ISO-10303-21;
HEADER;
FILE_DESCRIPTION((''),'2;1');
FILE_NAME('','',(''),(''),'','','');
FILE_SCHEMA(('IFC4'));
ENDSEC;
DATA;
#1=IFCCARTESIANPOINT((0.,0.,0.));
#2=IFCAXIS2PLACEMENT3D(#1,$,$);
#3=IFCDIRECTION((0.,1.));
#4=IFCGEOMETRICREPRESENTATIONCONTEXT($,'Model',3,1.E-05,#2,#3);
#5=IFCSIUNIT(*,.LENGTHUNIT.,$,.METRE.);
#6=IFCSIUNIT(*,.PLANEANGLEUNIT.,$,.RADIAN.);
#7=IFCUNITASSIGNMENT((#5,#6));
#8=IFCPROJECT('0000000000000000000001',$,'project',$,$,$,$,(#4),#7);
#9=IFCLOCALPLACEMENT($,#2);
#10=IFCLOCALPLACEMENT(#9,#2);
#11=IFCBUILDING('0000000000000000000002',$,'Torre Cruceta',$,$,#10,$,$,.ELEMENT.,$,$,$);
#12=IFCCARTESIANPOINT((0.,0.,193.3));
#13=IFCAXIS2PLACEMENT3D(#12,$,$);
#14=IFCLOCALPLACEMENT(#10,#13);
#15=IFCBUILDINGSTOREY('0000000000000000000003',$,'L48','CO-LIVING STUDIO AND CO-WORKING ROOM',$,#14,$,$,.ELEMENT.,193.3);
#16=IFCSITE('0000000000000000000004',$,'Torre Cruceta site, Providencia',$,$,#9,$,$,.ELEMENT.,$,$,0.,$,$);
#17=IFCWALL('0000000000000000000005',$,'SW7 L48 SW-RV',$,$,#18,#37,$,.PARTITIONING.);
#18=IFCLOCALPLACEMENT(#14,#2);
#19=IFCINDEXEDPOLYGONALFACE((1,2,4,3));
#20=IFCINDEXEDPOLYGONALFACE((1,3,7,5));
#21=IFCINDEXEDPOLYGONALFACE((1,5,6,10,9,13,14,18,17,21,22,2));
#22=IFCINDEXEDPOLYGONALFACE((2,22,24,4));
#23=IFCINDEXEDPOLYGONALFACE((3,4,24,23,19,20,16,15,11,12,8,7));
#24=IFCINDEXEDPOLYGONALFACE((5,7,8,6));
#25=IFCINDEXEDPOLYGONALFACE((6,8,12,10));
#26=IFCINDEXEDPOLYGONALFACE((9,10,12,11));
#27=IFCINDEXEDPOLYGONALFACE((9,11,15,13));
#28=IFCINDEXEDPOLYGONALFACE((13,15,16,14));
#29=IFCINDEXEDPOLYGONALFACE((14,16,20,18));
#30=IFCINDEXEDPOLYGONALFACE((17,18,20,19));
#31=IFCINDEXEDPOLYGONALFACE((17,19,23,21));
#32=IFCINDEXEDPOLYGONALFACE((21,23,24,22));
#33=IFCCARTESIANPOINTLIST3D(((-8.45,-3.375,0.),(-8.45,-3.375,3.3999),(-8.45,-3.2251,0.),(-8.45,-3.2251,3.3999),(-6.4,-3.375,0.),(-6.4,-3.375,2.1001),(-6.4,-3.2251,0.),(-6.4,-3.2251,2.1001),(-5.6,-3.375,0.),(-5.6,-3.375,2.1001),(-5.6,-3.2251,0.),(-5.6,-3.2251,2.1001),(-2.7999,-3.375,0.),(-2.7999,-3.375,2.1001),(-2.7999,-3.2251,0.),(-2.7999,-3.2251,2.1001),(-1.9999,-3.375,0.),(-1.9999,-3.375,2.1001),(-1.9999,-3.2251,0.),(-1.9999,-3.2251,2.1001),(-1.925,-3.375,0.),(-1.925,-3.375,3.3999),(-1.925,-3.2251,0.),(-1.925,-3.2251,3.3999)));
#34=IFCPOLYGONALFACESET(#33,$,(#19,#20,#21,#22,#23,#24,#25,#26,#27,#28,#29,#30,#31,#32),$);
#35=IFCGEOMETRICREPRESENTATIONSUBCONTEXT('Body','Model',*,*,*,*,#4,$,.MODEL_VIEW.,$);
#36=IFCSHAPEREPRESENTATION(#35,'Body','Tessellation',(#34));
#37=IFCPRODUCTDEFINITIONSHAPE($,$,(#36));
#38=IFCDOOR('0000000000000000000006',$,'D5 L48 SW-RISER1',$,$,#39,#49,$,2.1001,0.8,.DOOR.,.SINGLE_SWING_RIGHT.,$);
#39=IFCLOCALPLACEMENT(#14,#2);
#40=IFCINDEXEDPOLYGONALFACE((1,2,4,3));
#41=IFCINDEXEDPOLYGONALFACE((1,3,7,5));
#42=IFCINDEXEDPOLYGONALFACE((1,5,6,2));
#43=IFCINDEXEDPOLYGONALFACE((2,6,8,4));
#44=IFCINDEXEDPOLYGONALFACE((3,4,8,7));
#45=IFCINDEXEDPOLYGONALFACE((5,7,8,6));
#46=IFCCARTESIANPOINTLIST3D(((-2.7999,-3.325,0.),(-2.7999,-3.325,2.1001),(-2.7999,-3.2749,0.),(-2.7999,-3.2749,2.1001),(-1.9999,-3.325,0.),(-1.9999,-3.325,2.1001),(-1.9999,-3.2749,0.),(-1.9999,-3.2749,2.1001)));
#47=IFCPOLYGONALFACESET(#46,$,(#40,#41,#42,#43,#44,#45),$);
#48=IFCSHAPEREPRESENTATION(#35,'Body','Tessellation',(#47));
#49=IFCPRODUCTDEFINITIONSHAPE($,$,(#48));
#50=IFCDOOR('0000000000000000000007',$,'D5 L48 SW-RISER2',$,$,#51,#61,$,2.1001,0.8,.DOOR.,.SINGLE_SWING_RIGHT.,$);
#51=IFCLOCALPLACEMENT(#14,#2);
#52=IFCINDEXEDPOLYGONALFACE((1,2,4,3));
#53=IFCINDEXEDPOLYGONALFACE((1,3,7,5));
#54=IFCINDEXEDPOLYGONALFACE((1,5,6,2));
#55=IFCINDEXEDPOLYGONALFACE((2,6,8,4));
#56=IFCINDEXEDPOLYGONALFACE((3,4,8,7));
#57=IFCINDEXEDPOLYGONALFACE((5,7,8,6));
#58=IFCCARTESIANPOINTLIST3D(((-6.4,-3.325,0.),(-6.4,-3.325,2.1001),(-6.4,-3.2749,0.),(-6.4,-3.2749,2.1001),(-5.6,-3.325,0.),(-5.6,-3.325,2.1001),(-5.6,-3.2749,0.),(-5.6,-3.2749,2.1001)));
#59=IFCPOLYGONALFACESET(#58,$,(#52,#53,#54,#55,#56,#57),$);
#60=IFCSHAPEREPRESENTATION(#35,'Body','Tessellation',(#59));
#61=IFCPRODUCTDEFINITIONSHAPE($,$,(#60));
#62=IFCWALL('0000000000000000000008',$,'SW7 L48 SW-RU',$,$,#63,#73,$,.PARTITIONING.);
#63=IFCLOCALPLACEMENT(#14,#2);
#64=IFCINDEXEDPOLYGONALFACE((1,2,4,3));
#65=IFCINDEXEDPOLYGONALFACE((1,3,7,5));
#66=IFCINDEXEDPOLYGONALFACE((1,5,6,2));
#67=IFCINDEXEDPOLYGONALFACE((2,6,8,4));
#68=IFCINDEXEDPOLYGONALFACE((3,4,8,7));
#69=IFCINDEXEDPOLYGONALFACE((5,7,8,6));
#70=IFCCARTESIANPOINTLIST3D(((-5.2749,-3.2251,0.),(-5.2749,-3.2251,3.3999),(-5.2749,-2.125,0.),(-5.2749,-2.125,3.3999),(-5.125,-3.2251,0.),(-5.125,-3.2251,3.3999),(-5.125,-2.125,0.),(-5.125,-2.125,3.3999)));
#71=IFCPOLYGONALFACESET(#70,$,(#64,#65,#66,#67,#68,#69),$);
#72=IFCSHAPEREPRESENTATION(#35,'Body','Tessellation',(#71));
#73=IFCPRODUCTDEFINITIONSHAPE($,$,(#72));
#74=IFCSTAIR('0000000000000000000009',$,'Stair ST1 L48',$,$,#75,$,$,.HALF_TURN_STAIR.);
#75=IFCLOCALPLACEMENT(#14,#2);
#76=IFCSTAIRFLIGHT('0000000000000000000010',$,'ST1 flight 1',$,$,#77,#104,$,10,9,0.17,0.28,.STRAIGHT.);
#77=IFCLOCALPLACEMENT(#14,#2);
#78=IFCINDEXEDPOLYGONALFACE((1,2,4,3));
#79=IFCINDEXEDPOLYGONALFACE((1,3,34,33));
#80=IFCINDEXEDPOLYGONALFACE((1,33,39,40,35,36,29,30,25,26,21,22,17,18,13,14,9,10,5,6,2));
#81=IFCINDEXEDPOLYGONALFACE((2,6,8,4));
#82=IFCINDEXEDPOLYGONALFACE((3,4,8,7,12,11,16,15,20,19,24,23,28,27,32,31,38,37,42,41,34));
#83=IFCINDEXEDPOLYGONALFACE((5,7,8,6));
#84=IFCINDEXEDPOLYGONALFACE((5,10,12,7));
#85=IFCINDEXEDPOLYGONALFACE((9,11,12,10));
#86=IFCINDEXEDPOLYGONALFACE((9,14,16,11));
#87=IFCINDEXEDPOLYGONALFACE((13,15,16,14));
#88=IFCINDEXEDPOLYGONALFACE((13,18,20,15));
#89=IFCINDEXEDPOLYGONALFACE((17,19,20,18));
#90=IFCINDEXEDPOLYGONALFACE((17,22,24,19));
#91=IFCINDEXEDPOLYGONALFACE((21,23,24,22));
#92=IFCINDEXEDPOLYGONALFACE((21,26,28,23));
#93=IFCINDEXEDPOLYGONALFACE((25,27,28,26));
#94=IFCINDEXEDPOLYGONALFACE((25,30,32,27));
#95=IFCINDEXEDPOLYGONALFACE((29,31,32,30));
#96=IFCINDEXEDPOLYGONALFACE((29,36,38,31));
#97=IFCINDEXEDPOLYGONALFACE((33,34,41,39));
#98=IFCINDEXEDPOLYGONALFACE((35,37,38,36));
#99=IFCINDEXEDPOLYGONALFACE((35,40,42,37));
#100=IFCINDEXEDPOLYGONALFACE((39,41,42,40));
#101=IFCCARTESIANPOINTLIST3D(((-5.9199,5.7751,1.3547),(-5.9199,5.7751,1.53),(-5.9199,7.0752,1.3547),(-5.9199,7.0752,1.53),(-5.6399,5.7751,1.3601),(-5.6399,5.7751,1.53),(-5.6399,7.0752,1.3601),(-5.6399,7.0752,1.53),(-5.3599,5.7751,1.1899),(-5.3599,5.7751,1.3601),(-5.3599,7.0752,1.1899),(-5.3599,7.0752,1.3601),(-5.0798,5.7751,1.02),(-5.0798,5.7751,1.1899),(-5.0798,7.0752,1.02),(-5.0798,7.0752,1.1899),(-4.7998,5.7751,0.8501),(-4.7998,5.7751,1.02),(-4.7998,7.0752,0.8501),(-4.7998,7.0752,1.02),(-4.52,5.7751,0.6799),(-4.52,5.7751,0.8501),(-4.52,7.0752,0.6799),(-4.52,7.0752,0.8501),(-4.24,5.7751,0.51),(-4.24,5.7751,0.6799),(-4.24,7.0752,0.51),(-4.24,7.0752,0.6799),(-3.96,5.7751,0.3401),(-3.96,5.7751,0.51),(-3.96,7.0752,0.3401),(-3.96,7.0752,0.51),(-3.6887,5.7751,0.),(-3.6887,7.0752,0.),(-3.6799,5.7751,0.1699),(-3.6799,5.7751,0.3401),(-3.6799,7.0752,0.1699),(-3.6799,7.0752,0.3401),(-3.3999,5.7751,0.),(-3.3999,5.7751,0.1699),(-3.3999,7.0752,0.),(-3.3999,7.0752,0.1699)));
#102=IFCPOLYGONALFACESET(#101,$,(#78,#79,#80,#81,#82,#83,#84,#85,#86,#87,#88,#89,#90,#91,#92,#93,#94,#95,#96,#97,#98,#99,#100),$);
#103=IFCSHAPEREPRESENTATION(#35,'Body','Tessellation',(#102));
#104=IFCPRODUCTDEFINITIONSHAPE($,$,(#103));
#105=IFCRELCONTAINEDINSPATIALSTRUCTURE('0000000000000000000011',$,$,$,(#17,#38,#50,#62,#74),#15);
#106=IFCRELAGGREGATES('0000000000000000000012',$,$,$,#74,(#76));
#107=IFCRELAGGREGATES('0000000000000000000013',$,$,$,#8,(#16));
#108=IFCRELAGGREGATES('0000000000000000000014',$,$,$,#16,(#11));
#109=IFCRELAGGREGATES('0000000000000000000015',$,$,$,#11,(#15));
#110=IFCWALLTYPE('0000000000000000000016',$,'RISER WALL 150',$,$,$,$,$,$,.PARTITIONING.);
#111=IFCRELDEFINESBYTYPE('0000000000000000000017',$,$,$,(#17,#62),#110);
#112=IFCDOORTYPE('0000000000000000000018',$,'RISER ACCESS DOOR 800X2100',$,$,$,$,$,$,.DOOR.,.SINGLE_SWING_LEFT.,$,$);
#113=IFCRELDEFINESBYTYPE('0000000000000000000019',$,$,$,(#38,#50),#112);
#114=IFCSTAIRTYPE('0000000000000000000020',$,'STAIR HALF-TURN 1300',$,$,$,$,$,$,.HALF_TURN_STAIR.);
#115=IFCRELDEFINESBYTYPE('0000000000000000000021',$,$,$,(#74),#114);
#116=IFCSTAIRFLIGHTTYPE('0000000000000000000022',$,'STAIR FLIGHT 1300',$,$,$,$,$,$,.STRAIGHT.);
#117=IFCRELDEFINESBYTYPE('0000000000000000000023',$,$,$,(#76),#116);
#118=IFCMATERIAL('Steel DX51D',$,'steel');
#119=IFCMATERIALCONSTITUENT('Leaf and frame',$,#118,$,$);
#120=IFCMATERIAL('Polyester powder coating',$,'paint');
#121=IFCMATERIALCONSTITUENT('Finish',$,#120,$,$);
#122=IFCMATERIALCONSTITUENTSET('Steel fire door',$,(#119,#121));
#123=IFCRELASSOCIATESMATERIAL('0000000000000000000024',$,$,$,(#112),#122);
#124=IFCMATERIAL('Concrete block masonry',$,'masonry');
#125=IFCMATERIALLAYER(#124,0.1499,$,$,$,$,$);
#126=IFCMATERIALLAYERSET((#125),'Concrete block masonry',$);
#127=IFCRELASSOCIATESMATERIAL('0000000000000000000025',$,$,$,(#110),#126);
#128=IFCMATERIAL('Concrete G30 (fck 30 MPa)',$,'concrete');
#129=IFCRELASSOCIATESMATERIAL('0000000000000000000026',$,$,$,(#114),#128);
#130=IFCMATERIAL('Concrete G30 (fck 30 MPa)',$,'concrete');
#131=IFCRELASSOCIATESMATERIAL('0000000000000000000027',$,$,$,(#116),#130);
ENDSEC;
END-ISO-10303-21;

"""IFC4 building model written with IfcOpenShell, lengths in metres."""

from ifc_helpers import new_model, si_unit, direction, frame, frame_2d, origin, place, context, subcontext, project, spatial, polyline, rectangle, outline, extrude, material, layer, layer_set, constituent, constituent_set, type_object, element, fill, aggregate, save


model = new_model("IFC4")

# Units and contexts
model_context = context("Model", 3, precision=1e-05, world=origin(), true_north=direction((0.0, 1.0)))
body_context = subcontext(model_context, "Body", "Model", "MODEL_VIEW")
ifc_project = project(units=[si_unit("LENGTHUNIT", "METRE"), si_unit("PLANEANGLEUNIT", "RADIAN")], contexts=[model_context])

# Site, building, storey
site_placement = place(None, origin())
site = spatial("IfcSite", under=ifc_project, at=site_placement, Name="Torre Cruceta site, Providencia", CompositionType="ELEMENT", RefElevation=0.0)
building_placement = place(site_placement, origin())
building = spatial("IfcBuilding", under=site, at=building_placement, Name="Torre Cruceta", CompositionType="ELEMENT")
storey_placement = place(building_placement, frame((0.0, 0.0, 193.3)))
storey = spatial("IfcBuildingStorey", under=building, at=storey_placement, Name="L48", Description="CO-LIVING STUDIO AND CO-WORKING ROOM", CompositionType="ELEMENT", Elevation=193.3)

# Shared definitions
ifc_material_1 = material(Name="Steel DX51D", Category="steel")
ifc_constituent_1 = constituent(ifc_material_1, Name="Leaf and frame")
ifc_material_2 = material(Name="Polyester powder coating", Category="paint")
ifc_constituent_2 = constituent(ifc_material_2, Name="Finish")
ifc_constituent_set_1 = constituent_set(constituents=[ifc_constituent_1, ifc_constituent_2], Name="Steel fire door")
door_type_1 = type_object("IfcDoorType", Name="RISER ACCESS DOOR 800X2100", OperationType="SINGLE_SWING_LEFT", PredefinedType="DOOR", material=ifc_constituent_set_1)

# Wall, openings, doors
ifc_material_3 = material(Name="Concrete block masonry", Category="masonry")
ifc_layer_1 = layer(ifc_material_3, 0.1499)
ifc_layer_set_1 = layer_set([ifc_layer_1], Name="Concrete block masonry")
wall_type_1 = type_object("IfcWallType", Name="RISER WALL 150", PredefinedType="PARTITIONING", material=ifc_layer_set_1)
wall_1_placement = place(storey_placement, frame((-1.925, -3.3, 0.0), z_axis=(0.0, 0.0, 1.0), x_axis=(-1.0, 0.0, 0.0)))
wall_1 = element("IfcWall", 1, at=wall_1_placement, inside=storey, type_object=wall_type_1, Name="SW7 L48 SW-RV", PredefinedType="PARTITIONING", context=body_context, shape_type="SweptSolid", body=[
    extrude(rectangle(XDim=6.5249, YDim=0.1499, at=frame_2d((3.2625, 0.0))), origin(), (0.0, 0.0, 1.0), 3.3999),
])
opening_1_placement = place(wall_1_placement, frame((0.075, 0.0, 0.0)))
opening_1 = element("IfcOpeningElement", 2, at=opening_1_placement, cuts=wall_1, PredefinedType="OPENING", context=body_context, shape_type="SweptSolid", body=[
    extrude(rectangle(XDim=0.8, YDim=2.1001, at=frame_2d((0.3999, 1.05))), frame((0.0, 0.085, 0.0), z_axis=(0.0, -1.0, 0.0), x_axis=(1.0, 0.0, 0.0)), (0.0, 0.0, 1.0), 0.1699),
])
opening_2_placement = place(wall_1_placement, frame((3.675, 0.0, 0.0)))
opening_2 = element("IfcOpeningElement", 3, at=opening_2_placement, cuts=wall_1, PredefinedType="OPENING", context=body_context, shape_type="SweptSolid", body=[
    extrude(rectangle(XDim=0.8, YDim=2.1001, at=frame_2d((0.3999, 1.05))), frame((0.0, 0.085, 0.0), z_axis=(0.0, -1.0, 0.0), x_axis=(1.0, 0.0, 0.0)), (0.0, 0.0, 1.0), 0.1699),
])
door_1_placement = place(opening_1_placement, frame((0.8, 0.0, 0.0), z_axis=(0.0, 0.0, 1.0), x_axis=(-1.0, 0.0, 0.0)))
door_1 = element("IfcDoor", 4, at=door_1_placement, inside=storey, type_object=door_type_1, Name="D5 L48 SW-RISER1", OperationType="SINGLE_SWING_RIGHT", OverallHeight=2.1001, OverallWidth=0.8, PredefinedType="DOOR", context=body_context, shape_type="SweptSolid", body=[
    extrude(rectangle(XDim=0.8, YDim=2.1001, at=frame_2d((0.4001, 1.05))), frame((0.0, 0.0251, 0.0), z_axis=(0.0, -1.0, 0.0), x_axis=(1.0, 0.0, 0.0)), (0.0, 0.0, 1.0), 0.05),
])
fill(opening_1, door_1)
door_2_placement = place(opening_2_placement, frame((0.8, 0.0, 0.0), z_axis=(0.0, 0.0, 1.0), x_axis=(-1.0, 0.0, 0.0)))
door_2 = element("IfcDoor", 5, at=door_2_placement, inside=storey, type_object=door_type_1, Name="D5 L48 SW-RISER2", OperationType="SINGLE_SWING_RIGHT", OverallHeight=2.1001, OverallWidth=0.8, PredefinedType="DOOR", context=body_context, shape_type="SweptSolid", body=[
    extrude(rectangle(XDim=0.8, YDim=2.1001, at=frame_2d((0.4001, 1.05))), frame((0.0, 0.0251, 0.0), z_axis=(0.0, -1.0, 0.0), x_axis=(1.0, 0.0, 0.0)), (0.0, 0.0, 1.0), 0.05),
])
fill(opening_2, door_2)

# Wall
wall_2_placement = place(storey_placement, frame((-5.2, -2.125, 0.0), z_axis=(0.0, 0.0, 1.0), x_axis=(0.0, -1.0, 0.0)))
element("IfcWall", 6, at=wall_2_placement, inside=storey, type_object=wall_type_1, Name="SW7 L48 SW-RU", PredefinedType="PARTITIONING", context=body_context, shape_type="SweptSolid", body=[
    extrude(rectangle(XDim=1.1001, YDim=0.1499, at=frame_2d((0.55, 0.0))), origin(), (0.0, 0.0, 1.0), 3.3999),
])

# Stair, stair flight
ifc_material_4 = material(Name="Concrete G30 (fck 30 MPa)", Category="concrete")
stair_type = type_object("IfcStairType", Name="STAIR HALF-TURN 1300", PredefinedType="HALF_TURN_STAIR", material=ifc_material_4)
stair_placement = place(storey_placement, origin())
stair = element("IfcStair", 7, at=stair_placement, inside=storey, type_object=stair_type, Name="Stair ST1 L48", PredefinedType="HALF_TURN_STAIR")
ifc_material_5 = material(Name="Concrete G30 (fck 30 MPa)", Category="concrete")
stair_flight_type = type_object("IfcStairFlightType", Name="STAIR FLIGHT 1300", PredefinedType="STRAIGHT", material=ifc_material_5)
stair_flight_placement = place(storey_placement, frame((-3.3999, 6.425, 0.0), z_axis=(0.0, 0.0, 1.0), x_axis=(-1.0, 0.0, 0.0)))
stair_flight = element("IfcStairFlight", 8, at=stair_flight_placement, type_object=stair_flight_type, Name="ST1 flight 1", NumberOfRisers=10, NumberOfTreads=9, PredefinedType="STRAIGHT", RiserHeight=0.17, TreadLength=0.28, context=body_context, shape_type="SweptSolid", body=[
    extrude(outline(polyline([(0.0, 0.0), (0.0, 0.1699), (0.28, 0.1699), (0.28, 0.3401), (0.5601, 0.3401), (0.5601, 0.51), (0.8401, 0.51), (0.8401, 0.6799), (1.1201, 0.6799), (1.1201, 0.8501), (1.3999, 0.8501), (1.3999, 1.02), (1.6799, 1.02), (1.6799, 1.1899), (1.96, 1.1899), (1.96, 1.3601), (2.24, 1.3601), (2.24, 1.53), (2.52, 1.53), (2.52, 1.7), (2.52, 1.3547), (0.2888, 0.0), (0.0, 0.0)])), frame((0.0, 0.6499, 0.0), z_axis=(0.0, -1.0, 0.0), x_axis=(1.0, 0.0, 0.0)), (0.0, 0.0, 1.0), 1.3),
])
aggregate(stair, [stair_flight])

save(model, "model.ifc")
